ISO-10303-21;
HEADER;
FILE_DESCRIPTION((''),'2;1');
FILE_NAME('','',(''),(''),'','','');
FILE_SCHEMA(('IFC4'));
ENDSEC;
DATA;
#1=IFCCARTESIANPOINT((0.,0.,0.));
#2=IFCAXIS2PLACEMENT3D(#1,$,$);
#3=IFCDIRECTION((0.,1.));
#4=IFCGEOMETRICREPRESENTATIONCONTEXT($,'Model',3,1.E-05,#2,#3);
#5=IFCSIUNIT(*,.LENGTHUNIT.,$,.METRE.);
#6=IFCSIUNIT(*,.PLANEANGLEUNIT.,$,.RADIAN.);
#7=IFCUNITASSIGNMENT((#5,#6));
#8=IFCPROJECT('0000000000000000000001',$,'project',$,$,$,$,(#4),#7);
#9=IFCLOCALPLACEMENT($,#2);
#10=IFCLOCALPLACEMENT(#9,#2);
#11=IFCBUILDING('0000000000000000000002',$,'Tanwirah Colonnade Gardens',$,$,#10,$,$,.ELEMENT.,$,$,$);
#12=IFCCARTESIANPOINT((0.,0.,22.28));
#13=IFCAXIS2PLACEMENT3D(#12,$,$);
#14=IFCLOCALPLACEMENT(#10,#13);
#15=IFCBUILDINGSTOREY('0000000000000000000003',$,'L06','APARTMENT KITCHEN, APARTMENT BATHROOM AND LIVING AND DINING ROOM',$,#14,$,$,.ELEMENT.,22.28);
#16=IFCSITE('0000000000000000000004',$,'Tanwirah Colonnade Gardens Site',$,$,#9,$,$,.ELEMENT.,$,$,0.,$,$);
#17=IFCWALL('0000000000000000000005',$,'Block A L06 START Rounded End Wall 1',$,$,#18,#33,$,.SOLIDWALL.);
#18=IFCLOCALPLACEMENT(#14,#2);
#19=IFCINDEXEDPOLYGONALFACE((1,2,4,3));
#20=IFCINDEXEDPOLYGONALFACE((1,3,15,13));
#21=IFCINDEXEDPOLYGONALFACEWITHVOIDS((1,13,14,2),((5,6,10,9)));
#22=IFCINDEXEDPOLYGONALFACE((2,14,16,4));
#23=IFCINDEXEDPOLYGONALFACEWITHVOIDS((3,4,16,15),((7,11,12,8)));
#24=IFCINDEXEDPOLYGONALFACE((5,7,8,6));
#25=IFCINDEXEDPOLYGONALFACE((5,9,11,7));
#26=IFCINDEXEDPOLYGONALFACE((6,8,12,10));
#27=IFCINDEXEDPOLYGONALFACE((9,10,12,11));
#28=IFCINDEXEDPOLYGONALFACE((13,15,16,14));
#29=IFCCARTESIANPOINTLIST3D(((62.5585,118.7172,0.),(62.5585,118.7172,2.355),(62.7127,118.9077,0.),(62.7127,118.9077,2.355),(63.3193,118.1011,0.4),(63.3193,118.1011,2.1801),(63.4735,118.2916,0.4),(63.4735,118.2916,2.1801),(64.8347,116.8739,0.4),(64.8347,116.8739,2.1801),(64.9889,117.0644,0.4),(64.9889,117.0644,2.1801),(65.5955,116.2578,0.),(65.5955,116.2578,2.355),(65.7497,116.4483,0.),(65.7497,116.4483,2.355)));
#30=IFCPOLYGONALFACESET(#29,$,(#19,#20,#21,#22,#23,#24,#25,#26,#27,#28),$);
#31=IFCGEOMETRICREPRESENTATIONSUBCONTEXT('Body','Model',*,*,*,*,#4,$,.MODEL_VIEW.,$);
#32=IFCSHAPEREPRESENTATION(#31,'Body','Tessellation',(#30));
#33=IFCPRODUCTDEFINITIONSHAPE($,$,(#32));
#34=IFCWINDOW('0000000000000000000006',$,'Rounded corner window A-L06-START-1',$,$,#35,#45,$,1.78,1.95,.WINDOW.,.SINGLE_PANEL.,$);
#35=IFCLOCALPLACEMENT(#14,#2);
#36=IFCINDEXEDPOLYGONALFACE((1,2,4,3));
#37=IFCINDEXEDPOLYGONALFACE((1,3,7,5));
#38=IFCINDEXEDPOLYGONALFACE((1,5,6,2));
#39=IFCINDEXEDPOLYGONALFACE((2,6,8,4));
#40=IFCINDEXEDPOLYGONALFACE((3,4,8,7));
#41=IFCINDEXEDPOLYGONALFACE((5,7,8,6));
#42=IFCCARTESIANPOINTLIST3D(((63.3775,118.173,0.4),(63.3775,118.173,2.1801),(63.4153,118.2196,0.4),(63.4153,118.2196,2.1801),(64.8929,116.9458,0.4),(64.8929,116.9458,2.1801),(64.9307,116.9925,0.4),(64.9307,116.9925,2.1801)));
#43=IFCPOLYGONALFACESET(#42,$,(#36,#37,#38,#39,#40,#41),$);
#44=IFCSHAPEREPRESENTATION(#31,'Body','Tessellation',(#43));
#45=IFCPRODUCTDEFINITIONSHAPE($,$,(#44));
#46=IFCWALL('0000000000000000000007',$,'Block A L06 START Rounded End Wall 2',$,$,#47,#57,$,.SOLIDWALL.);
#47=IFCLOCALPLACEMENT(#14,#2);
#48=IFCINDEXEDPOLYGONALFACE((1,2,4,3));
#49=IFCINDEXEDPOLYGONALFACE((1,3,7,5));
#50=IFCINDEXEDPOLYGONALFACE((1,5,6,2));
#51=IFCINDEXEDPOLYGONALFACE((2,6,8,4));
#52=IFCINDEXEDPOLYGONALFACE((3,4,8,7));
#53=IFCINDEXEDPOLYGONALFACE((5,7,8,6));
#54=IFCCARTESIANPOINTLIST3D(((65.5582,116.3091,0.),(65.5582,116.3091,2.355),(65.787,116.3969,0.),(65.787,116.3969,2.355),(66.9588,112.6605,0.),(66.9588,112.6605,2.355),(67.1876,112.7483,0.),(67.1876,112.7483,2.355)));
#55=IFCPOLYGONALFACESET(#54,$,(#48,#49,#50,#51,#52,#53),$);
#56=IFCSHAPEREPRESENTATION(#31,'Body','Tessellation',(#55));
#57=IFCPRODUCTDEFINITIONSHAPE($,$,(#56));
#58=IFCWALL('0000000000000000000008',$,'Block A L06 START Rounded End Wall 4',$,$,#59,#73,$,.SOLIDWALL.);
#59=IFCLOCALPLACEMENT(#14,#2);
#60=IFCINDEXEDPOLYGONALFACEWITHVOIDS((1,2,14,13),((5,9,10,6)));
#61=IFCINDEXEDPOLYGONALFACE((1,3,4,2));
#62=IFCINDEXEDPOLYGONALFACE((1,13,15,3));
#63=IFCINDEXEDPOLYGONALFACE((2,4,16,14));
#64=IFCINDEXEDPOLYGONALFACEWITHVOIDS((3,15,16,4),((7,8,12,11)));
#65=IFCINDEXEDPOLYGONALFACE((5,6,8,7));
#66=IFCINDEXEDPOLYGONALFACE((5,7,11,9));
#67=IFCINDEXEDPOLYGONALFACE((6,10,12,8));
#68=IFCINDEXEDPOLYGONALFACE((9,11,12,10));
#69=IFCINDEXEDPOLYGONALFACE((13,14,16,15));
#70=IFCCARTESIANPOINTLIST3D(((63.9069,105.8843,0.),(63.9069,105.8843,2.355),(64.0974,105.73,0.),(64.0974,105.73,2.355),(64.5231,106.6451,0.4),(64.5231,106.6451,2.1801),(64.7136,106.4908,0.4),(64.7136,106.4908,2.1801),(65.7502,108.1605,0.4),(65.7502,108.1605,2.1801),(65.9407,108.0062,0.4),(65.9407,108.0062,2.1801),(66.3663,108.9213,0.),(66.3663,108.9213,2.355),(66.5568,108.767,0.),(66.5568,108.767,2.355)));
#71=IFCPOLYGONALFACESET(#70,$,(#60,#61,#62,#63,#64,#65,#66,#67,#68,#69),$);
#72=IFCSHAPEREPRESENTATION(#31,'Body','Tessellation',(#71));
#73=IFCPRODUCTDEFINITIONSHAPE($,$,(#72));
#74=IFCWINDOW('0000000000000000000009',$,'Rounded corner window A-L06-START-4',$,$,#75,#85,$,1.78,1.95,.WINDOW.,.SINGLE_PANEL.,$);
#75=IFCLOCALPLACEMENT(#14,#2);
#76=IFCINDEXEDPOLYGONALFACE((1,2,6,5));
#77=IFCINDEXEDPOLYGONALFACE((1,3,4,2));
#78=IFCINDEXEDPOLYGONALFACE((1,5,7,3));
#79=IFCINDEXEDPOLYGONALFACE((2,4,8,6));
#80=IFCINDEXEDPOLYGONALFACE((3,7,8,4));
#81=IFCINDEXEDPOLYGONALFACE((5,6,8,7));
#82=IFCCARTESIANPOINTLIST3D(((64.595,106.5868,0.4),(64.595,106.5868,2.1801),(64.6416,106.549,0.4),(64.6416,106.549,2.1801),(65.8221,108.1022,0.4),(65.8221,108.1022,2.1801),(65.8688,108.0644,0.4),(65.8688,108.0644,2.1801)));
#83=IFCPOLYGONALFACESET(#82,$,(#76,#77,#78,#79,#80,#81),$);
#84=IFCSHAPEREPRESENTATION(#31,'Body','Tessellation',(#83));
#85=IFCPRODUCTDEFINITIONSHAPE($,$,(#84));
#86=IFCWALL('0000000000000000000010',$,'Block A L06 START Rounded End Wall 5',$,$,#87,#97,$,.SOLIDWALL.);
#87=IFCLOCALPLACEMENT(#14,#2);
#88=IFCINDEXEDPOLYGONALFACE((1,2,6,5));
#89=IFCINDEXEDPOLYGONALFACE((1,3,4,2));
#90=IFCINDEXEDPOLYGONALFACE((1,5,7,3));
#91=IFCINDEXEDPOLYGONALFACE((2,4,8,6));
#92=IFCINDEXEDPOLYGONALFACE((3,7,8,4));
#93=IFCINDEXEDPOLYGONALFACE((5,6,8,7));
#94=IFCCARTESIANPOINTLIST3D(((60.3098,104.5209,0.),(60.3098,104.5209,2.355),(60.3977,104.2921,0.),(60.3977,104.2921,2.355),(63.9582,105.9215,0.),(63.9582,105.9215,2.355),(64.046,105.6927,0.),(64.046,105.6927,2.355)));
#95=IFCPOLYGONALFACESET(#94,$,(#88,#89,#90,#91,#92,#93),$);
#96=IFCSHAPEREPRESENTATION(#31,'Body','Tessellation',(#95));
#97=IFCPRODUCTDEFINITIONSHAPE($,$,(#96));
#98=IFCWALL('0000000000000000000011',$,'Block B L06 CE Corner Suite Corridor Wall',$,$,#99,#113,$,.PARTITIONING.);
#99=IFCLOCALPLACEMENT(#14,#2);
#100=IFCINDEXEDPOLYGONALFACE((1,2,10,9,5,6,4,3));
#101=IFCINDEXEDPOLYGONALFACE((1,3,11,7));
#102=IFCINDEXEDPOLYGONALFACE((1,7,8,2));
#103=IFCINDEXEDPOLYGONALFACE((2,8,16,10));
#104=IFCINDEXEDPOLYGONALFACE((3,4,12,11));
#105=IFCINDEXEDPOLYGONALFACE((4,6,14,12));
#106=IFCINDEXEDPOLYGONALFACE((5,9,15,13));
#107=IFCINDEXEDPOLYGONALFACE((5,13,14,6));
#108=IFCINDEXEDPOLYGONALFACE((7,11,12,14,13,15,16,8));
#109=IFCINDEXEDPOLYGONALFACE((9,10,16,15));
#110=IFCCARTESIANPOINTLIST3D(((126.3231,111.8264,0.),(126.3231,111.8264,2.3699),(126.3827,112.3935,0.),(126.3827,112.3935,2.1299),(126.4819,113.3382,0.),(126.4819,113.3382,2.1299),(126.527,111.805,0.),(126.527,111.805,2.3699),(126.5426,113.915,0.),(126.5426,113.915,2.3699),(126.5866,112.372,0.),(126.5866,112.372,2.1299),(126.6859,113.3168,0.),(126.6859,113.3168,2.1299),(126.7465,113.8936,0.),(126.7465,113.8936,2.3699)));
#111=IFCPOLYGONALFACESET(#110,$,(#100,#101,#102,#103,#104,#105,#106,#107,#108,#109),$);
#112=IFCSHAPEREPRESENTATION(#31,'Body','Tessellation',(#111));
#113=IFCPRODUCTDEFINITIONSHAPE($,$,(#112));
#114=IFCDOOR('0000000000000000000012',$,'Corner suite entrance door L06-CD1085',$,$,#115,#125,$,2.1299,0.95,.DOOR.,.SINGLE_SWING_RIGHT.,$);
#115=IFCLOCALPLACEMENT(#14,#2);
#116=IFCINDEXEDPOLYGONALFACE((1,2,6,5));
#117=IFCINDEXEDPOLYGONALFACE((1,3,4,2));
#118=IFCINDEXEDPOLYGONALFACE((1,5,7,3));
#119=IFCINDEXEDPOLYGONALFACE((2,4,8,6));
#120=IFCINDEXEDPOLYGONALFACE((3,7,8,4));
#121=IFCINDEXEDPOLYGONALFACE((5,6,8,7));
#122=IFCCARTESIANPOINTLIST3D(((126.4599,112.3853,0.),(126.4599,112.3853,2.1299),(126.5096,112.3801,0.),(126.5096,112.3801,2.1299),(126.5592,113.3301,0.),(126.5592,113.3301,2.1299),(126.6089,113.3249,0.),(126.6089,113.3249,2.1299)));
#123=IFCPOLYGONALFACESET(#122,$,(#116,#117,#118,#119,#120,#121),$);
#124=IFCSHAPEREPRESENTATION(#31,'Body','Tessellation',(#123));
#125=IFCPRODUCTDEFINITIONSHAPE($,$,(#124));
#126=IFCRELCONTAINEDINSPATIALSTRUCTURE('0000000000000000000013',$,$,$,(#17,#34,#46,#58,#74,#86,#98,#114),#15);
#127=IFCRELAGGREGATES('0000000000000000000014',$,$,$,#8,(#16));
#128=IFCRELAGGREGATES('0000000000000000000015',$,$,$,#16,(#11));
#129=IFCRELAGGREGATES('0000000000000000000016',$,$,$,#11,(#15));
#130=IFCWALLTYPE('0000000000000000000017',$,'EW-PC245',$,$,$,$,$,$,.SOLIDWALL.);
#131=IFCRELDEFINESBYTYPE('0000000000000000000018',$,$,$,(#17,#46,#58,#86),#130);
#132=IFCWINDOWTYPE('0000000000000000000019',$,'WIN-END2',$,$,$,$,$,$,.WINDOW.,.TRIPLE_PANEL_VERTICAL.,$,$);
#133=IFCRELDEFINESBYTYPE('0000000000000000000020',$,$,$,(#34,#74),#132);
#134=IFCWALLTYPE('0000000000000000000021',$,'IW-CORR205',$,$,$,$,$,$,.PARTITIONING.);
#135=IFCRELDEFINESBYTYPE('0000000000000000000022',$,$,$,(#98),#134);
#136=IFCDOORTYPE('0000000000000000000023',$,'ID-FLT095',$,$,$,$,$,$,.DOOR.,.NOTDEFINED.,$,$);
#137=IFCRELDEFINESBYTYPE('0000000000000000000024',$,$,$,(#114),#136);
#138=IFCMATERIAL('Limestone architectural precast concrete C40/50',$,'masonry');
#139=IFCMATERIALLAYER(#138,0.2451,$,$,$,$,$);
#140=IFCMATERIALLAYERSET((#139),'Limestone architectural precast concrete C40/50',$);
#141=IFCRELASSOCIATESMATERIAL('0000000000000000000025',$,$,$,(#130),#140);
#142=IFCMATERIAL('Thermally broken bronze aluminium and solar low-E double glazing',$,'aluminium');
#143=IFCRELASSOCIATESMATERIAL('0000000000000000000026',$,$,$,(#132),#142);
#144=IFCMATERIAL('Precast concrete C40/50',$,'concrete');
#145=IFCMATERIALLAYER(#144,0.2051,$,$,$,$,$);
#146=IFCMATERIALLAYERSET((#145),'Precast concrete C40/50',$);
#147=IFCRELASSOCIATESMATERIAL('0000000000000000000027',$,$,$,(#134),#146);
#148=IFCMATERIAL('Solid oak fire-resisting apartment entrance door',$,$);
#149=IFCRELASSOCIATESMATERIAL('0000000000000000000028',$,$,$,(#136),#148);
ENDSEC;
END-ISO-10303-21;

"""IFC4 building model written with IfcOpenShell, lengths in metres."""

from ifc_helpers import new_model, si_unit, direction, frame, frame_2d, origin, place, context, subcontext, project, spatial, rectangle, extrude, material, layer, layer_set, type_object, element, fill, save


model = new_model("IFC4")

# Units and contexts
model_context = context("Model", 3, precision=1e-05, world=origin(), true_north=direction((0.0, 1.0)))
body_context = subcontext(model_context, "Body", "Model", "MODEL_VIEW")
ifc_project = project(units=[si_unit("LENGTHUNIT", "METRE"), si_unit("PLANEANGLEUNIT", "RADIAN")], contexts=[model_context])

# Site, building, storey
site_placement = place(None, origin())
site = spatial("IfcSite", under=ifc_project, at=site_placement, Name="Tanwirah Colonnade Gardens Site", CompositionType="ELEMENT", RefElevation=0.0)
building_placement = place(site_placement, origin())
building = spatial("IfcBuilding", under=site, at=building_placement, Name="Tanwirah Colonnade Gardens", CompositionType="ELEMENT")
storey_placement = place(building_placement, frame((0.0, 0.0, 22.28)))
storey = spatial("IfcBuildingStorey", under=building, at=storey_placement, Name="L06", Description="APARTMENT KITCHEN, APARTMENT BATHROOM AND LIVING AND DINING ROOM", CompositionType="ELEMENT", Elevation=22.28)

# Shared definitions
ifc_material_1 = material(Name="Precast concrete C40/50", Category="concrete")

# Shared definitions
ifc_material_2 = material(Name="Limestone architectural precast concrete C40/50", Category="masonry")

# Shared definitions
ifc_material_3 = material(Name="Thermally broken bronze aluminium and solar low-E double glazing", Category="aluminium")

# Wall, opening, window
ifc_layer_1 = layer(ifc_material_2, 0.2451)
ifc_layer_set_1 = layer_set([ifc_layer_1], Name="Limestone architectural precast concrete C40/50")
wall_type_1 = type_object("IfcWallType", Name="EW-PC245", PredefinedType="SOLIDWALL", material=ifc_layer_set_1)
wall_1_placement = place(storey_placement, frame((62.6355, 118.8125, 0.0), z_axis=(0.0, 0.0, 1.0), x_axis=(0.777137, -0.629331, 0.0)))
wall_1 = element("IfcWall", 1, at=wall_1_placement, inside=storey, type_object=wall_type_1, Name="Block A L06 START Rounded End Wall 1", PredefinedType="SOLIDWALL", context=body_context, shape_type="SweptSolid", body=[
    extrude(rectangle(XDim=3.908, YDim=0.2451, at=frame_2d((1.9541, 0.0))), origin(), (0.0, 0.0, 1.0), 2.355),
])
opening_1_placement = place(wall_1_placement, frame((0.979, 0.0, 0.3999)))
opening_1 = element("IfcOpeningElement", 2, at=opening_1_placement, cuts=wall_1, PredefinedType="OPENING", context=body_context, shape_type="SweptSolid", body=[
    extrude(rectangle(XDim=1.95, YDim=1.78, at=frame_2d((0.9751, 0.8901))), frame((0.0, 0.1326, 0.0), z_axis=(0.0, -1.0, 0.0), x_axis=(1.0, 0.0, 0.0)), (0.0, 0.0, 1.0), 0.2651),
])
window_type_1 = type_object("IfcWindowType", Name="WIN-END2", PartitioningType="TRIPLE_PANEL_VERTICAL", PredefinedType="WINDOW", material=ifc_material_3)
window_1_placement = place(opening_1_placement, origin())
window_1 = element("IfcWindow", 3, at=window_1_placement, inside=storey, type_object=window_type_1, Name="Rounded corner window A-L06-START-1", OverallHeight=1.78, OverallWidth=1.95, PartitioningType="SINGLE_PANEL", PredefinedType="WINDOW", context=body_context, shape_type="SweptSolid", body=[
    extrude(rectangle(XDim=1.95, YDim=1.78, at=frame_2d((0.9751, 0.8901))), frame((0.0, 0.03, 0.0), z_axis=(0.0, -1.0, 0.0), x_axis=(1.0, 0.0, 0.0)), (0.0, 0.0, 1.0), 0.0601),
])
fill(opening_1, window_1)

# Wall
wall_2_placement = place(storey_placement, frame((65.6726, 116.353, 0.0), z_axis=(0.0, 0.0, 1.0), x_axis=(0.358376, -0.933577, 0.0)))
element("IfcWall", 4, at=wall_2_placement, inside=storey, type_object=wall_type_1, Name="Block A L06 START Rounded End Wall 2", PredefinedType="SOLIDWALL", context=body_context, shape_type="SweptSolid", body=[
    extrude(rectangle(XDim=3.9082, YDim=0.2451, at=frame_2d((1.9541, 0.0))), origin(), (0.0, 0.0, 1.0), 2.355),
])

# Wall, opening, window
wall_3_placement = place(storey_placement, frame((66.4617, 108.8442, 0.0), z_axis=(0.0, 0.0, 1.0), x_axis=(-0.629331, -0.777137, 0.0)))
wall_3 = element("IfcWall", 5, at=wall_3_placement, inside=storey, type_object=wall_type_1, Name="Block A L06 START Rounded End Wall 4", PredefinedType="SOLIDWALL", context=body_context, shape_type="SweptSolid", body=[
    extrude(rectangle(XDim=3.908, YDim=0.2451, at=frame_2d((1.9541, 0.0))), origin(), (0.0, 0.0, 1.0), 2.355),
])
opening_2_placement = place(wall_3_placement, frame((0.979, 0.0, 0.3999)))
opening_2 = element("IfcOpeningElement", 6, at=opening_2_placement, cuts=wall_3, PredefinedType="OPENING", context=body_context, shape_type="SweptSolid", body=[
    extrude(rectangle(XDim=1.95, YDim=1.78, at=frame_2d((0.9751, 0.8901))), frame((0.0, 0.1326, 0.0), z_axis=(0.0, -1.0, 0.0), x_axis=(1.0, 0.0, 0.0)), (0.0, 0.0, 1.0), 0.2651),
])
window_2_placement = place(opening_2_placement, origin())
window_2 = element("IfcWindow", 7, at=window_2_placement, inside=storey, type_object=window_type_1, Name="Rounded corner window A-L06-START-4", OverallHeight=1.78, OverallWidth=1.95, PartitioningType="SINGLE_PANEL", PredefinedType="WINDOW", context=body_context, shape_type="SweptSolid", body=[
    extrude(rectangle(XDim=1.95, YDim=1.78, at=frame_2d((0.9751, 0.8901))), frame((0.0, 0.03, 0.0), z_axis=(0.0, -1.0, 0.0), x_axis=(1.0, 0.0, 0.0)), (0.0, 0.0, 1.0), 0.0601),
])
fill(opening_2, window_2)

# Wall
wall_4_placement = place(storey_placement, frame((64.0022, 105.8071, 0.0), z_axis=(0.0, 0.0, 1.0), x_axis=(-0.933569, -0.358397, 0.0)))
element("IfcWall", 8, at=wall_4_placement, inside=storey, type_object=wall_type_1, Name="Block A L06 START Rounded End Wall 5", PredefinedType="SOLIDWALL", context=body_context, shape_type="SweptSolid", body=[
    extrude(rectangle(XDim=3.908, YDim=0.2451, at=frame_2d((1.9541, 0.0))), origin(), (0.0, 0.0, 1.0), 2.355),
])

# Wall, opening, door
ifc_layer_2 = layer(ifc_material_1, 0.2051)
ifc_layer_set_2 = layer_set([ifc_layer_2], Name="Precast concrete C40/50")
wall_type_2 = type_object("IfcWallType", Name="IW-CORR205", PredefinedType="PARTITIONING", material=ifc_layer_set_2)
wall_5_placement = place(storey_placement, frame((126.425, 111.8157, 0.0), z_axis=(0.0, 0.0, 1.0), x_axis=(0.104509, 0.994524, 0.0)))
wall_5 = element("IfcWall", 9, at=wall_5_placement, inside=storey, type_object=wall_type_2, Name="Block B L06 CE Corner Suite Corridor Wall", PredefinedType="PARTITIONING", context=body_context, shape_type="SweptSolid", body=[
    extrude(rectangle(XDim=2.1001, YDim=0.2051, at=frame_2d((1.05, 0.0))), origin(), (0.0, 0.0, 1.0), 2.3699),
])
opening_3_placement = place(wall_5_placement, frame((0.5701, 0.0, 0.0)))
opening_3 = element("IfcOpeningElement", 10, at=opening_3_placement, cuts=wall_5, PredefinedType="OPENING", context=body_context, shape_type="SweptSolid", body=[
    extrude(rectangle(XDim=0.95, YDim=2.1299, at=frame_2d((0.4751, 1.0649))), frame((0.0, 0.1125, 0.0), z_axis=(0.0, -1.0, 0.0), x_axis=(1.0, 0.0, 0.0)), (0.0, 0.0, 1.0), 0.2251),
])
ifc_material_4 = material(Name="Solid oak fire-resisting apartment entrance door")
door_type = type_object("IfcDoorType", Name="ID-FLT095", OperationType="NOTDEFINED", PredefinedType="DOOR", material=ifc_material_4)
door_placement = place(opening_3_placement, origin())
door = element("IfcDoor", 11, at=door_placement, inside=storey, type_object=door_type, Name="Corner suite entrance door L06-CD1085", OperationType="SINGLE_SWING_RIGHT", OverallHeight=2.1299, OverallWidth=0.95, PredefinedType="DOOR", context=body_context, shape_type="SweptSolid", body=[
    extrude(rectangle(XDim=0.95, YDim=2.1299, at=frame_2d((0.4751, 1.0649))), frame((0.0, 0.0249, 0.0), z_axis=(0.0, -1.0, 0.0), x_axis=(1.0, 0.0, 0.0)), (0.0, 0.0, 1.0), 0.05),
])
fill(opening_3, door)

save(model, "model.ifc")
